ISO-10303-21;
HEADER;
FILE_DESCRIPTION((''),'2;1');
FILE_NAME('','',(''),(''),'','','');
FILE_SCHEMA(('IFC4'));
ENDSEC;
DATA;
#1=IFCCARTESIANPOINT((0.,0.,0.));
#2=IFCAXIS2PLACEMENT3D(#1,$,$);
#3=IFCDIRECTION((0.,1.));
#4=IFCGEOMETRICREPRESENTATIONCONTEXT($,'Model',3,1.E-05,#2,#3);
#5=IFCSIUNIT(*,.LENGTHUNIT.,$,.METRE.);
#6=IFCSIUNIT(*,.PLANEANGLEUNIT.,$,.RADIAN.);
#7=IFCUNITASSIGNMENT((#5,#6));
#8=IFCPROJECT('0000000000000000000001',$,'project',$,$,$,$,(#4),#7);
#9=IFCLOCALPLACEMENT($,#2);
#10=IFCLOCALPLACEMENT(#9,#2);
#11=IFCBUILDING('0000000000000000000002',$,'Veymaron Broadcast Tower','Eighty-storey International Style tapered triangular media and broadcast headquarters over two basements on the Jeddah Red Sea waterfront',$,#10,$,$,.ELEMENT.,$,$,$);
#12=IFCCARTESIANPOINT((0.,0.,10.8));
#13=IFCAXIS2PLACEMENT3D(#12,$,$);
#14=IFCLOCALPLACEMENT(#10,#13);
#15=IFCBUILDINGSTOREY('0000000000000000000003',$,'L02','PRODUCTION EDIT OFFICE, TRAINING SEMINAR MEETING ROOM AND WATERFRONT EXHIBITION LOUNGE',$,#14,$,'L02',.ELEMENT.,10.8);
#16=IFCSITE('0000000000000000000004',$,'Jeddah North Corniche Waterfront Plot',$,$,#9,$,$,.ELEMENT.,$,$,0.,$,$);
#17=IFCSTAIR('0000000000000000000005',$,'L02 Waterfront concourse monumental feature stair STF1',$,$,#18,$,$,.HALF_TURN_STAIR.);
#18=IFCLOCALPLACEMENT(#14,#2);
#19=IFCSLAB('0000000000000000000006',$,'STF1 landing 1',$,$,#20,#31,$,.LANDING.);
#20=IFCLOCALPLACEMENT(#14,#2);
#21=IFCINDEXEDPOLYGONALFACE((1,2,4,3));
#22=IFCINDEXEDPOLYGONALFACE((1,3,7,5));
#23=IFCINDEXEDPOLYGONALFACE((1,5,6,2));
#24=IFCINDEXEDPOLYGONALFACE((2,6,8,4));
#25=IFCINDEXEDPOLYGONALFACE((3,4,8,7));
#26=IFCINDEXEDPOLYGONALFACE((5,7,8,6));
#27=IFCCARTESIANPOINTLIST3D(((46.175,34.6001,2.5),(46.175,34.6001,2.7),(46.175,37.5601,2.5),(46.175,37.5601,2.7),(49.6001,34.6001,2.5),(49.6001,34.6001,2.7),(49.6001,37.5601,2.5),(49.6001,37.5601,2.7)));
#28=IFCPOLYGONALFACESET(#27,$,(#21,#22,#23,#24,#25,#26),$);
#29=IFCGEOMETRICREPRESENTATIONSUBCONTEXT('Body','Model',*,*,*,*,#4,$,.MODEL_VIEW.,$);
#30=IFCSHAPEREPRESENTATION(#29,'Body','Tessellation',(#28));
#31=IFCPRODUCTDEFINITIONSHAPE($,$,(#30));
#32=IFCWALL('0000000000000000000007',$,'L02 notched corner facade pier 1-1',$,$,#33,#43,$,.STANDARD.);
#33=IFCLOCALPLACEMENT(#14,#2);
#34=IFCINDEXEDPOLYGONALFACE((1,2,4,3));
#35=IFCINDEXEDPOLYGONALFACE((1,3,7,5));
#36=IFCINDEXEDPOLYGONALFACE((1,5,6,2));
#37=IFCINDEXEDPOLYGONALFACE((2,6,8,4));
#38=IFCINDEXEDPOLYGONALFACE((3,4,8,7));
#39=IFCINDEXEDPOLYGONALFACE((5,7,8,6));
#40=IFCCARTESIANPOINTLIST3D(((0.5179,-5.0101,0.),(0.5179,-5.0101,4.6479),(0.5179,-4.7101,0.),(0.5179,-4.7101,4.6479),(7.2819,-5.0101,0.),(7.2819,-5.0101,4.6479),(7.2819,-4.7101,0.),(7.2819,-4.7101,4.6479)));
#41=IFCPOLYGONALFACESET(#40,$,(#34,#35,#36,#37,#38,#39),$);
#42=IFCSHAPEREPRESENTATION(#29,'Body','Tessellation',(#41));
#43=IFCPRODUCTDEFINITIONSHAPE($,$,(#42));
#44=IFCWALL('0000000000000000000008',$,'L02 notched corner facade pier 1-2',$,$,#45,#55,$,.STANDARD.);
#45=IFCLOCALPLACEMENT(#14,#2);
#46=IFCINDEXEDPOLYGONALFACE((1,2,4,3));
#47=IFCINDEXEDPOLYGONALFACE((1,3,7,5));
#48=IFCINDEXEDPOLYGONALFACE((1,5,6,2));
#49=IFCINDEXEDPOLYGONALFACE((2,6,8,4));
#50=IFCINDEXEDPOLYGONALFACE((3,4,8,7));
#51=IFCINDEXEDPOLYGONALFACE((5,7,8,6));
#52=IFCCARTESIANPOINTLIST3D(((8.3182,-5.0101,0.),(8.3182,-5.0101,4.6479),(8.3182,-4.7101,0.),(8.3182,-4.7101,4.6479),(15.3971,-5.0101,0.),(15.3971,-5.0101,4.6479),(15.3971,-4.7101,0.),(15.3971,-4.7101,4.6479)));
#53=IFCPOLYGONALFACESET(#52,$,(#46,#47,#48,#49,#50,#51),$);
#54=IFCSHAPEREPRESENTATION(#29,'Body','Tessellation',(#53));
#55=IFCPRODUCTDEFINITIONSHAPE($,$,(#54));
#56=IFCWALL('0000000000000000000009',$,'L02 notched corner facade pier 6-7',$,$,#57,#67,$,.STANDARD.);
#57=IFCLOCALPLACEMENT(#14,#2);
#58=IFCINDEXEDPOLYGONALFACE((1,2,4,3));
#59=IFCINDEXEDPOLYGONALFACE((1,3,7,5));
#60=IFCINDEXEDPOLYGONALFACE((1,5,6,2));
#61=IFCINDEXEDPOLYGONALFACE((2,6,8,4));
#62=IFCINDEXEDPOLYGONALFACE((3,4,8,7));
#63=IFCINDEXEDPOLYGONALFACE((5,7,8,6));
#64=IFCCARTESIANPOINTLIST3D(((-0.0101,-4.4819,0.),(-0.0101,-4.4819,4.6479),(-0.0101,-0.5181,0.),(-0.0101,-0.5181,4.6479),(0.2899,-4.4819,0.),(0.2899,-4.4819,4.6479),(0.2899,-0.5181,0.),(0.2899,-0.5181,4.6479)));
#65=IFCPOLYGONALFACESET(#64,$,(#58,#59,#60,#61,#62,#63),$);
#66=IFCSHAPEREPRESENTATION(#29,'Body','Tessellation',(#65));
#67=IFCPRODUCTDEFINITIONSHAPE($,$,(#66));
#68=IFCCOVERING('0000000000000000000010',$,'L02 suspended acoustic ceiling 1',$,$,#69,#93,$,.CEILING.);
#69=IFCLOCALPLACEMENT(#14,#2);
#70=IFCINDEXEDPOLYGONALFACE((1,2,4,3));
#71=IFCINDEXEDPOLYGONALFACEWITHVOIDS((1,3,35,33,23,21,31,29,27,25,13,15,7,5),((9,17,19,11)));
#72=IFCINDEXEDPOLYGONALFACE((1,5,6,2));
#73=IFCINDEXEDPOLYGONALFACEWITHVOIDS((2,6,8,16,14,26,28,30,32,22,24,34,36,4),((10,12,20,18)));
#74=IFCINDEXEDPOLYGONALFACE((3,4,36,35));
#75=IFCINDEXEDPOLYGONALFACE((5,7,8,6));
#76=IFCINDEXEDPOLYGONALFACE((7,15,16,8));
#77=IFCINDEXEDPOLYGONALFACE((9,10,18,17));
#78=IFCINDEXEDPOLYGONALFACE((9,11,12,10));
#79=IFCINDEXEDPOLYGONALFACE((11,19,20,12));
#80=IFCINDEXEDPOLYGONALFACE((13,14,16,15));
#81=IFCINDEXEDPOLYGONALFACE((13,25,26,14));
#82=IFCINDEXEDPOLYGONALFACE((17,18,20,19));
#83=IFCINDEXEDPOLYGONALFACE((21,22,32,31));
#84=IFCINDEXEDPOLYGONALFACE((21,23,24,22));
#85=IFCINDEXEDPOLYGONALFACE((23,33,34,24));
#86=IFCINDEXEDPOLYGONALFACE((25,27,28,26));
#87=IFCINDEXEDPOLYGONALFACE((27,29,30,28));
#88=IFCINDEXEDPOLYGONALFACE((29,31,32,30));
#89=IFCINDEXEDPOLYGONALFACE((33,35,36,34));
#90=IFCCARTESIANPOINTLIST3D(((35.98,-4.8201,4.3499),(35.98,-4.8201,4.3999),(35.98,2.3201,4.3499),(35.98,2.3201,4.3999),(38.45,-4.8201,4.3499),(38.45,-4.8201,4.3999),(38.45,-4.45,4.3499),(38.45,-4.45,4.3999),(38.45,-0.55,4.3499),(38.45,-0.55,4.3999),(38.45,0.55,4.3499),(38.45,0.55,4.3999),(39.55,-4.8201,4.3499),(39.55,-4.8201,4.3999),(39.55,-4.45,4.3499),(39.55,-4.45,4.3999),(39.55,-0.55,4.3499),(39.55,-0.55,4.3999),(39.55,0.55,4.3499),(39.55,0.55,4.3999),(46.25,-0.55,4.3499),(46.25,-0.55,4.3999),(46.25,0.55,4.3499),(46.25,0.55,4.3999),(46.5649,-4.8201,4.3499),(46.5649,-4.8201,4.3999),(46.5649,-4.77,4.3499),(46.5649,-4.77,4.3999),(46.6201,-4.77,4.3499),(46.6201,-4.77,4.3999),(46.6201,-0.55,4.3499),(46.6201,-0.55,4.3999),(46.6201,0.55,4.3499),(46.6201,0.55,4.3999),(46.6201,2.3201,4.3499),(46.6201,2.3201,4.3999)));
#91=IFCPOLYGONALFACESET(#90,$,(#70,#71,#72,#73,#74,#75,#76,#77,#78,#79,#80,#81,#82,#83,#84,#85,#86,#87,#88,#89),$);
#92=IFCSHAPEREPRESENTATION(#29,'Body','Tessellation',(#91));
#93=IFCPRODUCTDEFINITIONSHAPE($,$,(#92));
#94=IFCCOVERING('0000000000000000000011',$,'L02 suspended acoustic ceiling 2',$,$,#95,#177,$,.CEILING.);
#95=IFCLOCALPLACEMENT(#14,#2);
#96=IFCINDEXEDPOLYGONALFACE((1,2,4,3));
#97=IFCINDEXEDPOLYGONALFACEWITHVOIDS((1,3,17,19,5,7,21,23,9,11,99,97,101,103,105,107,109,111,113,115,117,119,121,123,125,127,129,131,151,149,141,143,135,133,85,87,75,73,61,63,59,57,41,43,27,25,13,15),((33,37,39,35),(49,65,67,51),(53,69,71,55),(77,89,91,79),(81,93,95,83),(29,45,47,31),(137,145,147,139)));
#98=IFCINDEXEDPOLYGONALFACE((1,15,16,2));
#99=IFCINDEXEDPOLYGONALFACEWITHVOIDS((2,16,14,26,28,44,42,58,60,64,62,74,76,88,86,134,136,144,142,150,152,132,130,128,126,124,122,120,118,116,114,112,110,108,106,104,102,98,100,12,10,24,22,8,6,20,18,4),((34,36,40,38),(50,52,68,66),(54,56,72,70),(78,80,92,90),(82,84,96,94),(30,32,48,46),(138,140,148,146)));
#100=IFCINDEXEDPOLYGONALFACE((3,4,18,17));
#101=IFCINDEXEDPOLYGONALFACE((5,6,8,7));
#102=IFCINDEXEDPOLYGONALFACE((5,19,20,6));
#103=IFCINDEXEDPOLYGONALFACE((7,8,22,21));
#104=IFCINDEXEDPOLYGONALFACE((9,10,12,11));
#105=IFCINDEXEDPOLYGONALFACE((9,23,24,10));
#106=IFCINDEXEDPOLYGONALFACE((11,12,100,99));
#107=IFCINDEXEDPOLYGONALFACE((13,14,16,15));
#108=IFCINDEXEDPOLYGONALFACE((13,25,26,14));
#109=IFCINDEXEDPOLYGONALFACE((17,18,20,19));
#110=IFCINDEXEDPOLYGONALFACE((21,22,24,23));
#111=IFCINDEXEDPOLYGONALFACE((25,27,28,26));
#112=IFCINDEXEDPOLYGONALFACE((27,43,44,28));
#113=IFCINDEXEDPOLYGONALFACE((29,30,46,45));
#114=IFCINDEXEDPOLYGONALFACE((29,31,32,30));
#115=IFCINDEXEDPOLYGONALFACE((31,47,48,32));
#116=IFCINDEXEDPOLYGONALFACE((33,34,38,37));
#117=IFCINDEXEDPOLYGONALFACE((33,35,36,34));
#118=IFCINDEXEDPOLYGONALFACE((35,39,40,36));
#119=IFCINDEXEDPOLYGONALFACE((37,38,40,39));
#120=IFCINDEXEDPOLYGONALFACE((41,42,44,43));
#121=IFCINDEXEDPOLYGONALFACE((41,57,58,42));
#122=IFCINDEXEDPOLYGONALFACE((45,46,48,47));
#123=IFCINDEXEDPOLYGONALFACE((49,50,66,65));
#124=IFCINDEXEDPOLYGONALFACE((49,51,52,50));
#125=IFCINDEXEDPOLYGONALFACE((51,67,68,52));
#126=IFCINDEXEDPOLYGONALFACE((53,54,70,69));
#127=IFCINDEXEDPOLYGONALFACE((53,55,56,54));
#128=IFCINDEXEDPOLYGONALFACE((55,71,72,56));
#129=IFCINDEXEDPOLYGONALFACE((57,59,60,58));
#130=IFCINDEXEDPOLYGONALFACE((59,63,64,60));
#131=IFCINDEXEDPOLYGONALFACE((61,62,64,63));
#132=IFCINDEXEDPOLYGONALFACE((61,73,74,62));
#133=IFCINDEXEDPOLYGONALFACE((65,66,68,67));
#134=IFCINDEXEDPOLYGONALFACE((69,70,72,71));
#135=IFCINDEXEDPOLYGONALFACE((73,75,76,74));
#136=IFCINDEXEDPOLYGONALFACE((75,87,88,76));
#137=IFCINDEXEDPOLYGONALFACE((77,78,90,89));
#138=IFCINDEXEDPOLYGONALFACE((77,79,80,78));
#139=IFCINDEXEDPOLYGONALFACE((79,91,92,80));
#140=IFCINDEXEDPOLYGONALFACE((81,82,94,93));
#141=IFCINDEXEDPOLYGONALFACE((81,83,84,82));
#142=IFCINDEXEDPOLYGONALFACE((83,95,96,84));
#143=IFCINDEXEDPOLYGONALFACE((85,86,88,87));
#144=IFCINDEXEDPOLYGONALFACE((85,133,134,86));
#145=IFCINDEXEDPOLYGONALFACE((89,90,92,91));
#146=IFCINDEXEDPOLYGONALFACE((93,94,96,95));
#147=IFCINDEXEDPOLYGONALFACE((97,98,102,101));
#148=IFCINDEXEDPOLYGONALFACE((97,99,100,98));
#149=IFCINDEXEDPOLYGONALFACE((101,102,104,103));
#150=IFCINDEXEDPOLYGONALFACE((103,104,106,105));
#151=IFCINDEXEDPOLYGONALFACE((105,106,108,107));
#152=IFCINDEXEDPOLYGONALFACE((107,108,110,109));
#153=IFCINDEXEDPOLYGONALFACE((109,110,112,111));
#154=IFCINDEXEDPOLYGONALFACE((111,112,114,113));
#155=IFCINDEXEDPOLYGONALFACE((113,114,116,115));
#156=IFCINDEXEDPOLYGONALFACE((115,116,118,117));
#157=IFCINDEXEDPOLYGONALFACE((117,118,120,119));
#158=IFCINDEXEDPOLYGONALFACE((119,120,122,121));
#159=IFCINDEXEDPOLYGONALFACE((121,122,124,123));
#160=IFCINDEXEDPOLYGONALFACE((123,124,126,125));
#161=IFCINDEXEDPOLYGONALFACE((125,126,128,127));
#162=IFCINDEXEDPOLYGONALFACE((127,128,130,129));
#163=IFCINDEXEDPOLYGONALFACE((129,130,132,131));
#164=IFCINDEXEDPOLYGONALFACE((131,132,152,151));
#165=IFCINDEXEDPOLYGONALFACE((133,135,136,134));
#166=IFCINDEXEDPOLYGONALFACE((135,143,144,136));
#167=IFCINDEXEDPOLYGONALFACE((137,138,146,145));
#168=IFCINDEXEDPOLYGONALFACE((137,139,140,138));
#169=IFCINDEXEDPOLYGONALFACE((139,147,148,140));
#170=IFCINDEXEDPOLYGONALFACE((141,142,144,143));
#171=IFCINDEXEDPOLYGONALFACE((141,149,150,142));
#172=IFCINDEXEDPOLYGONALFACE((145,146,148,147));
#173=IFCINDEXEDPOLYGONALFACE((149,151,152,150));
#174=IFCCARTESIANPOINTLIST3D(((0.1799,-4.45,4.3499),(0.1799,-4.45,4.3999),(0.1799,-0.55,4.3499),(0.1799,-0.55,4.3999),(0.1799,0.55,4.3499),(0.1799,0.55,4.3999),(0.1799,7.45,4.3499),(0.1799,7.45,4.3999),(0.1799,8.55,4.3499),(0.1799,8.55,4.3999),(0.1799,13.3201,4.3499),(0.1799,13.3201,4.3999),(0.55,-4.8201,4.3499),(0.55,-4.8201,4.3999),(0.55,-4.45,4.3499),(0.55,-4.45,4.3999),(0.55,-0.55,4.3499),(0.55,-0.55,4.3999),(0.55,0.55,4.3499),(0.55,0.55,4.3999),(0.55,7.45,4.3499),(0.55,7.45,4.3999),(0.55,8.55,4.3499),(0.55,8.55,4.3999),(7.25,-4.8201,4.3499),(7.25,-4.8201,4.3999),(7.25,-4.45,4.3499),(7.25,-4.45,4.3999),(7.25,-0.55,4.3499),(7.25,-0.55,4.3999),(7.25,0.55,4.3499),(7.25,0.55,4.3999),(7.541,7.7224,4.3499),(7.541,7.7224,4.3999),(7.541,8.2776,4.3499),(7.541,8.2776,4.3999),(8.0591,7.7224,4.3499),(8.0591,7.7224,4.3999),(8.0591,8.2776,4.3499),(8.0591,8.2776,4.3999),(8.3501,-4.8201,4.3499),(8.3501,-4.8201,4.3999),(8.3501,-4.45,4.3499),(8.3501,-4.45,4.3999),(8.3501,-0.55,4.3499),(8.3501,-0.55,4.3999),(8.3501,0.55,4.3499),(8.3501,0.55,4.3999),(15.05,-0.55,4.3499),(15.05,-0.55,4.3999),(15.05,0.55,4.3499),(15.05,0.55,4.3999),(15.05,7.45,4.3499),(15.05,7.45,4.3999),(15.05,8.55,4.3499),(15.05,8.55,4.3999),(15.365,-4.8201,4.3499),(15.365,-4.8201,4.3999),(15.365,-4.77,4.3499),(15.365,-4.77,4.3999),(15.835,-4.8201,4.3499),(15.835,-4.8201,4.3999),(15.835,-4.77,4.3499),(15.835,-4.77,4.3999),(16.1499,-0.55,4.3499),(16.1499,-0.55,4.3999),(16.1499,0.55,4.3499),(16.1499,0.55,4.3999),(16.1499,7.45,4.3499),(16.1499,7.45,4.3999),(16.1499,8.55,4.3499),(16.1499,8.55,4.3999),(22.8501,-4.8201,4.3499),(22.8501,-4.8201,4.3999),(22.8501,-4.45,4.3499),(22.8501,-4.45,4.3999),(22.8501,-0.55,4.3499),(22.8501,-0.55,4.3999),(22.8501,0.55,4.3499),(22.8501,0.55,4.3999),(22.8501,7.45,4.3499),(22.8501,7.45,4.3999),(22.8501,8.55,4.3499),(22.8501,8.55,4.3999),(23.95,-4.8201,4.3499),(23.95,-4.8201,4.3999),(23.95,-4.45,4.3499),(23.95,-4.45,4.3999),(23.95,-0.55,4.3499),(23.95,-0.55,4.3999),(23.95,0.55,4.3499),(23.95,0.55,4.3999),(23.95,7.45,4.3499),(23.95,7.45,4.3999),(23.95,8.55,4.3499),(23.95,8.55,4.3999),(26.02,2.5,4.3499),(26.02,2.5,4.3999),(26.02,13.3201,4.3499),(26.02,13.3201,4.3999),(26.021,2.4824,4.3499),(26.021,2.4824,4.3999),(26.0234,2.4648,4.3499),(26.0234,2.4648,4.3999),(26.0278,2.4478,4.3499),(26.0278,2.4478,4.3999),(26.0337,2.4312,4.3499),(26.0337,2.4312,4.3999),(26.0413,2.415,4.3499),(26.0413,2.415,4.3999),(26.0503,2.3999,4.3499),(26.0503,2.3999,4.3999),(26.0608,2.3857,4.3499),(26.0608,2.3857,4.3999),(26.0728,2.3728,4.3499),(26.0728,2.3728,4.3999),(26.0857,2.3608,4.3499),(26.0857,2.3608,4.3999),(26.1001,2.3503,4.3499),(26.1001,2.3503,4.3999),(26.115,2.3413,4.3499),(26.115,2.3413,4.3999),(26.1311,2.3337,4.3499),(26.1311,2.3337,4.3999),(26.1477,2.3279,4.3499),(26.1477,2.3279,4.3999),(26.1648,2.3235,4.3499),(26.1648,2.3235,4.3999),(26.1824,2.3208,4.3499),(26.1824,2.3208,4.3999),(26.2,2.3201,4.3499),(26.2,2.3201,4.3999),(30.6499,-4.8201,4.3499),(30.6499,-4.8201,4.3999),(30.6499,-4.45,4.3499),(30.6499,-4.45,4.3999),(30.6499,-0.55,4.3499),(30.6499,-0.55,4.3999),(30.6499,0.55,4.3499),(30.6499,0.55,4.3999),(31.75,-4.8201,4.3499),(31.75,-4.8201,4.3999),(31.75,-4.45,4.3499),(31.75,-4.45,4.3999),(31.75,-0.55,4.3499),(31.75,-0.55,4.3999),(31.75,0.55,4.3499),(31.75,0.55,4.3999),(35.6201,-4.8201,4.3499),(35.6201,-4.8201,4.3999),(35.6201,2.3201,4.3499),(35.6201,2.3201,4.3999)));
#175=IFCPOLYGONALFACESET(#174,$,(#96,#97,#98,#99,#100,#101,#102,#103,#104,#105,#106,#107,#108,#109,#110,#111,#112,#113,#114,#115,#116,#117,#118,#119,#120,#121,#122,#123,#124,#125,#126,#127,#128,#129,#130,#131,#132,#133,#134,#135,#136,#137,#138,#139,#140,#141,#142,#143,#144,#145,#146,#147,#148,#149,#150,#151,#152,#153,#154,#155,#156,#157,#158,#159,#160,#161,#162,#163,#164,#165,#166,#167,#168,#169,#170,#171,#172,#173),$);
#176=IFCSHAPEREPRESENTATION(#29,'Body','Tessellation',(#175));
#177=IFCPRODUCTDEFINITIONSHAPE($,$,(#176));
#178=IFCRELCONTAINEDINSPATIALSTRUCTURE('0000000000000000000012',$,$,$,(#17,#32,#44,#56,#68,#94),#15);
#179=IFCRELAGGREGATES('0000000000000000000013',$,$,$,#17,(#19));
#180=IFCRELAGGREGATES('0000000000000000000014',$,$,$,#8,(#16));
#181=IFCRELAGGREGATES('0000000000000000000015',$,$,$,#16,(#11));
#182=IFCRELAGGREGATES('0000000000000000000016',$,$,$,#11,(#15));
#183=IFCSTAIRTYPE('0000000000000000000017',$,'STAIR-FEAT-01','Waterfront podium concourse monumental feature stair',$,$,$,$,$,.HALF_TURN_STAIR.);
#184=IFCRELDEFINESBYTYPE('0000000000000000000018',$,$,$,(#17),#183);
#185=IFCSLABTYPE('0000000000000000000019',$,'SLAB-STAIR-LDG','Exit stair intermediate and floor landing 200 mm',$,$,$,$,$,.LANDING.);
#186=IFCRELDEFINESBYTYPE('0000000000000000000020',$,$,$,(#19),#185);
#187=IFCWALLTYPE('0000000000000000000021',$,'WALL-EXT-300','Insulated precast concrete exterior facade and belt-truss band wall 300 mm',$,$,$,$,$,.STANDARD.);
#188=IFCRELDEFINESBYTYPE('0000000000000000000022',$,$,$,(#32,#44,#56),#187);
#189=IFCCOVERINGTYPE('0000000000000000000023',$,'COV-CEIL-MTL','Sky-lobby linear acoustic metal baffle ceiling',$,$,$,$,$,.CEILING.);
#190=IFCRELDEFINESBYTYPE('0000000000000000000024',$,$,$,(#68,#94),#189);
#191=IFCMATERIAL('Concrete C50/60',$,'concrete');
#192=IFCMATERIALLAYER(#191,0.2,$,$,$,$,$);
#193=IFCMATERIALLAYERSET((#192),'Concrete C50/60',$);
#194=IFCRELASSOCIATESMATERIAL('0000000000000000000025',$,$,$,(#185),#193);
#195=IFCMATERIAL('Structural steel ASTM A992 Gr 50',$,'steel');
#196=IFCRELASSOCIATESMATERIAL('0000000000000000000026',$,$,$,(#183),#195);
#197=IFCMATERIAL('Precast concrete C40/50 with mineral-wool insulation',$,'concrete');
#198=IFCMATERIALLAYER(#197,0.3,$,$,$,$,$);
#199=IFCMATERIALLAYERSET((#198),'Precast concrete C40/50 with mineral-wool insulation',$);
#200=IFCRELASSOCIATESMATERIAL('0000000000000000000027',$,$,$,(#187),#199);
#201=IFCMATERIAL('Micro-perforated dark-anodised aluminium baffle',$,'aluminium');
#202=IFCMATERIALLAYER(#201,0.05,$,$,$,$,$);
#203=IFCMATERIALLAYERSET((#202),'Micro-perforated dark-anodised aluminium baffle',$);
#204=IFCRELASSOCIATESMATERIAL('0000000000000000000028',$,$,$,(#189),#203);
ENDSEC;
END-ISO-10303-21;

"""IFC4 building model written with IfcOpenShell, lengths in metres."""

from ifc_helpers import new_model, si_unit, direction, frame, frame_2d, origin, place, context, subcontext, project, spatial, polyline, rectangle, outline, extrude, material, layer, layer_set, type_object, element, aggregate, save


model = new_model("IFC4")

# Units and contexts
model_context = context("Model", 3, precision=1e-05, world=origin(), true_north=direction((0.0, 1.0)))
body_context = subcontext(model_context, "Body", "Model", "MODEL_VIEW")
ifc_project = project(units=[si_unit("LENGTHUNIT", "METRE"), si_unit("PLANEANGLEUNIT", "RADIAN")], contexts=[model_context])

# Site, building, storey
site_placement = place(None, origin())
site = spatial("IfcSite", under=ifc_project, at=site_placement, Name="Jeddah North Corniche Waterfront Plot", CompositionType="ELEMENT", RefElevation=0.0)
building_placement = place(site_placement, origin())
building = spatial("IfcBuilding", under=site, at=building_placement, Name="Veymaron Broadcast Tower", Description="Eighty-storey International Style tapered triangular media and broadcast headquarters over two basements on the Jeddah Red Sea waterfront", CompositionType="ELEMENT")
storey_placement = place(building_placement, frame((0.0, 0.0, 10.8)))
storey = spatial("IfcBuildingStorey", under=building, at=storey_placement, Name="L02", Description="PRODUCTION EDIT OFFICE, TRAINING SEMINAR MEETING ROOM AND WATERFRONT EXHIBITION LOUNGE", LongName="L02", CompositionType="ELEMENT", Elevation=10.8)

# Shared definitions
ifc_material_1 = material(Name="Structural steel ASTM A992 Gr 50", Category="steel")

# Stair, slab
ifc_material_2 = material(Name="Concrete C50/60", Category="concrete")
ifc_layer_1 = layer(ifc_material_2, 0.2)
ifc_layer_set_1 = layer_set([ifc_layer_1], Name="Concrete C50/60")
slab_type_1 = type_object("IfcSlabType", Name="SLAB-STAIR-LDG", Description="Exit stair intermediate and floor landing 200 mm", PredefinedType="LANDING", material=ifc_layer_set_1)
stair_type_1 = type_object("IfcStairType", Name="STAIR-FEAT-01", Description="Waterfront podium concourse monumental feature stair", PredefinedType="HALF_TURN_STAIR", material=ifc_material_1)
stair_1_placement = place(storey_placement, origin())
stair_1 = element("IfcStair", 1, at=stair_1_placement, inside=storey, type_object=stair_type_1, Name="L02 Waterfront concourse monumental feature stair STF1", PredefinedType="HALF_TURN_STAIR")
slab_1_placement = place(storey_placement, frame((0.0, 0.0, 2.5)))
slab_1 = element("IfcSlab", 2, at=slab_1_placement, type_object=slab_type_1, Name="STF1 landing 1", PredefinedType="LANDING", context=body_context, shape_type="SweptSolid", body=[
    extrude(outline(polyline([(46.175, 34.6001), (49.6001, 34.6001), (49.6001, 37.5601), (46.175, 37.5601), (46.175, 34.6001)])), origin(), (0.0, 0.0, 1.0), 0.2),
])
aggregate(stair_1, [slab_1])

# Walls
ifc_material_3 = material(Name="Precast concrete C40/50 with mineral-wool insulation", Category="concrete")
ifc_layer_2 = layer(ifc_material_3, 0.3)
ifc_layer_set_2 = layer_set([ifc_layer_2], Name="Precast concrete C40/50 with mineral-wool insulation")
wall_type = type_object("IfcWallType", Name="WALL-EXT-300", Description="Insulated precast concrete exterior facade and belt-truss band wall 300 mm", PredefinedType="STANDARD", material=ifc_layer_set_2)
wall_1_placement = place(storey_placement, frame((0.5181, -4.8601, 0.0), z_axis=(0.0, 0.0, 1.0), x_axis=(1.0, 0.0, 0.0)))
element("IfcWall", 3, at=wall_1_placement, inside=storey, type_object=wall_type, Name="L02 notched corner facade pier 1-1", PredefinedType="STANDARD", context=body_context, shape_type="SweptSolid", body=[
    extrude(rectangle(XDim=6.7639, YDim=0.3, at=frame_2d((3.3818, 0.0))), origin(), (0.0, 0.0, 1.0), 4.6479),
])
wall_2_placement = place(storey_placement, frame((8.3181, -4.8601, 0.0), z_axis=(0.0, 0.0, 1.0), x_axis=(1.0, 0.0, 0.0)))
element("IfcWall", 4, at=wall_2_placement, inside=storey, type_object=wall_type, Name="L02 notched corner facade pier 1-2", PredefinedType="STANDARD", context=body_context, shape_type="SweptSolid", body=[
    extrude(rectangle(XDim=7.0789, YDim=0.3, at=frame_2d((3.5396, 0.0))), origin(), (0.0, 0.0, 1.0), 4.6479),
])
wall_3_placement = place(storey_placement, frame((0.1399, -0.5181, 0.0), z_axis=(0.0, 0.0, 1.0), x_axis=(0.0, -1.0, 0.0)))
element("IfcWall", 5, at=wall_3_placement, inside=storey, type_object=wall_type, Name="L02 notched corner facade pier 6-7", PredefinedType="STANDARD", context=body_context, shape_type="SweptSolid", body=[
    extrude(rectangle(XDim=3.9639, YDim=0.3, at=frame_2d((1.9819, 0.0))), origin(), (0.0, 0.0, 1.0), 4.6479),
])

# Coverings
ifc_material_4 = material(Name="Micro-perforated dark-anodised aluminium baffle", Category="aluminium")
ifc_layer_3 = layer(ifc_material_4, 0.05)
ifc_layer_set_3 = layer_set([ifc_layer_3], Name="Micro-perforated dark-anodised aluminium baffle")
covering_type_1 = type_object("IfcCoveringType", Name="COV-CEIL-MTL", Description="Sky-lobby linear acoustic metal baffle ceiling", PredefinedType="CEILING", material=ifc_layer_set_3)
covering_1_placement = place(storey_placement, frame((0.0, 0.0, 4.3499)))
element("IfcCovering", 6, at=covering_1_placement, inside=storey, type_object=covering_type_1, Name="L02 suspended acoustic ceiling 1", PredefinedType="CEILING", context=body_context, shape_type="SweptSolid", body=[
    extrude(outline(polyline([(46.5649, -4.8201), (39.55, -4.8201), (39.55, -4.45), (38.45, -4.45), (38.45, -4.8201), (35.98, -4.8201), (35.98, 2.3201), (46.6201, 2.3201), (46.6201, 0.55), (46.25, 0.55), (46.25, -0.55), (46.6201, -0.55), (46.6201, -4.77), (46.5649, -4.77), (46.5649, -4.8201)]), holes=[polyline([(38.45, 0.55), (38.45, -0.55), (39.55, -0.55), (39.55, 0.55), (38.45, 0.55)])]), origin(), (0.0, 0.0, 1.0), 0.05),
])
covering_2_placement = place(storey_placement, frame((0.0, 0.0, 4.3499)))
element("IfcCovering", 7, at=covering_2_placement, inside=storey, type_object=covering_type_1, Name="L02 suspended acoustic ceiling 2", PredefinedType="CEILING", context=body_context, shape_type="SweptSolid", body=[
    extrude(outline(polyline([(0.1799, -0.55), (0.55, -0.55), (0.55, 0.55), (0.1799, 0.55), (0.1799, 7.45), (0.55, 7.45), (0.55, 8.55), (0.1799, 8.55), (0.1799, 13.3201), (26.02, 13.3201), (26.02, 2.5), (26.021, 2.4824), (26.0234, 2.4648), (26.0278, 2.4478), (26.0337, 2.4312), (26.0413, 2.415), (26.0503, 2.3999), (26.0608, 2.3857), (26.0728, 2.3728), (26.0857, 2.3608), (26.1001, 2.3503), (26.115, 2.3413), (26.1311, 2.3337), (26.1477, 2.3279), (26.1648, 2.3235), (26.1824, 2.3208), (26.2, 2.3201), (35.6201, 2.3201), (35.6201, -4.8201), (31.75, -4.8201), (31.75, -4.45), (30.6499, -4.45), (30.6499, -4.8201), (23.95, -4.8201), (23.95, -4.45), (22.8501, -4.45), (22.8501, -4.8201), (15.835, -4.8201), (15.835, -4.77), (15.365, -4.77), (15.365, -4.8201), (8.3501, -4.8201), (8.3501, -4.45), (7.25, -4.45), (7.25, -4.8201), (0.55, -4.8201), (0.55, -4.45), (0.1799, -4.45), (0.1799, -0.55)]), holes=[polyline([(30.6499, 0.55), (30.6499, -0.55), (31.75, -0.55), (31.75, 0.55), (30.6499, 0.55)]), polyline([(22.8501, -0.55), (23.95, -0.55), (23.95, 0.55), (22.8501, 0.55), (22.8501, -0.55)]), polyline([(22.8501, 8.55), (22.8501, 7.45), (23.95, 7.45), (23.95, 8.55), (22.8501, 8.55)]), polyline([(15.05, 0.55), (15.05, -0.55), (16.1499, -0.55), (16.1499, 0.55), (15.05, 0.55)]), polyline([(16.1499, 8.55), (15.05, 8.55), (15.05, 7.45), (16.1499, 7.45), (16.1499, 8.55)]), polyline([(7.25, -0.55), (8.3501, -0.55), (8.3501, 0.55), (7.25, 0.55), (7.25, -0.55)]), polyline([(7.541, 8.2776), (7.541, 7.7224), (8.0591, 7.7224), (8.0591, 8.2776), (7.541, 8.2776)])]), origin(), (0.0, 0.0, 1.0), 0.05),
])

save(model, "model.ifc")
